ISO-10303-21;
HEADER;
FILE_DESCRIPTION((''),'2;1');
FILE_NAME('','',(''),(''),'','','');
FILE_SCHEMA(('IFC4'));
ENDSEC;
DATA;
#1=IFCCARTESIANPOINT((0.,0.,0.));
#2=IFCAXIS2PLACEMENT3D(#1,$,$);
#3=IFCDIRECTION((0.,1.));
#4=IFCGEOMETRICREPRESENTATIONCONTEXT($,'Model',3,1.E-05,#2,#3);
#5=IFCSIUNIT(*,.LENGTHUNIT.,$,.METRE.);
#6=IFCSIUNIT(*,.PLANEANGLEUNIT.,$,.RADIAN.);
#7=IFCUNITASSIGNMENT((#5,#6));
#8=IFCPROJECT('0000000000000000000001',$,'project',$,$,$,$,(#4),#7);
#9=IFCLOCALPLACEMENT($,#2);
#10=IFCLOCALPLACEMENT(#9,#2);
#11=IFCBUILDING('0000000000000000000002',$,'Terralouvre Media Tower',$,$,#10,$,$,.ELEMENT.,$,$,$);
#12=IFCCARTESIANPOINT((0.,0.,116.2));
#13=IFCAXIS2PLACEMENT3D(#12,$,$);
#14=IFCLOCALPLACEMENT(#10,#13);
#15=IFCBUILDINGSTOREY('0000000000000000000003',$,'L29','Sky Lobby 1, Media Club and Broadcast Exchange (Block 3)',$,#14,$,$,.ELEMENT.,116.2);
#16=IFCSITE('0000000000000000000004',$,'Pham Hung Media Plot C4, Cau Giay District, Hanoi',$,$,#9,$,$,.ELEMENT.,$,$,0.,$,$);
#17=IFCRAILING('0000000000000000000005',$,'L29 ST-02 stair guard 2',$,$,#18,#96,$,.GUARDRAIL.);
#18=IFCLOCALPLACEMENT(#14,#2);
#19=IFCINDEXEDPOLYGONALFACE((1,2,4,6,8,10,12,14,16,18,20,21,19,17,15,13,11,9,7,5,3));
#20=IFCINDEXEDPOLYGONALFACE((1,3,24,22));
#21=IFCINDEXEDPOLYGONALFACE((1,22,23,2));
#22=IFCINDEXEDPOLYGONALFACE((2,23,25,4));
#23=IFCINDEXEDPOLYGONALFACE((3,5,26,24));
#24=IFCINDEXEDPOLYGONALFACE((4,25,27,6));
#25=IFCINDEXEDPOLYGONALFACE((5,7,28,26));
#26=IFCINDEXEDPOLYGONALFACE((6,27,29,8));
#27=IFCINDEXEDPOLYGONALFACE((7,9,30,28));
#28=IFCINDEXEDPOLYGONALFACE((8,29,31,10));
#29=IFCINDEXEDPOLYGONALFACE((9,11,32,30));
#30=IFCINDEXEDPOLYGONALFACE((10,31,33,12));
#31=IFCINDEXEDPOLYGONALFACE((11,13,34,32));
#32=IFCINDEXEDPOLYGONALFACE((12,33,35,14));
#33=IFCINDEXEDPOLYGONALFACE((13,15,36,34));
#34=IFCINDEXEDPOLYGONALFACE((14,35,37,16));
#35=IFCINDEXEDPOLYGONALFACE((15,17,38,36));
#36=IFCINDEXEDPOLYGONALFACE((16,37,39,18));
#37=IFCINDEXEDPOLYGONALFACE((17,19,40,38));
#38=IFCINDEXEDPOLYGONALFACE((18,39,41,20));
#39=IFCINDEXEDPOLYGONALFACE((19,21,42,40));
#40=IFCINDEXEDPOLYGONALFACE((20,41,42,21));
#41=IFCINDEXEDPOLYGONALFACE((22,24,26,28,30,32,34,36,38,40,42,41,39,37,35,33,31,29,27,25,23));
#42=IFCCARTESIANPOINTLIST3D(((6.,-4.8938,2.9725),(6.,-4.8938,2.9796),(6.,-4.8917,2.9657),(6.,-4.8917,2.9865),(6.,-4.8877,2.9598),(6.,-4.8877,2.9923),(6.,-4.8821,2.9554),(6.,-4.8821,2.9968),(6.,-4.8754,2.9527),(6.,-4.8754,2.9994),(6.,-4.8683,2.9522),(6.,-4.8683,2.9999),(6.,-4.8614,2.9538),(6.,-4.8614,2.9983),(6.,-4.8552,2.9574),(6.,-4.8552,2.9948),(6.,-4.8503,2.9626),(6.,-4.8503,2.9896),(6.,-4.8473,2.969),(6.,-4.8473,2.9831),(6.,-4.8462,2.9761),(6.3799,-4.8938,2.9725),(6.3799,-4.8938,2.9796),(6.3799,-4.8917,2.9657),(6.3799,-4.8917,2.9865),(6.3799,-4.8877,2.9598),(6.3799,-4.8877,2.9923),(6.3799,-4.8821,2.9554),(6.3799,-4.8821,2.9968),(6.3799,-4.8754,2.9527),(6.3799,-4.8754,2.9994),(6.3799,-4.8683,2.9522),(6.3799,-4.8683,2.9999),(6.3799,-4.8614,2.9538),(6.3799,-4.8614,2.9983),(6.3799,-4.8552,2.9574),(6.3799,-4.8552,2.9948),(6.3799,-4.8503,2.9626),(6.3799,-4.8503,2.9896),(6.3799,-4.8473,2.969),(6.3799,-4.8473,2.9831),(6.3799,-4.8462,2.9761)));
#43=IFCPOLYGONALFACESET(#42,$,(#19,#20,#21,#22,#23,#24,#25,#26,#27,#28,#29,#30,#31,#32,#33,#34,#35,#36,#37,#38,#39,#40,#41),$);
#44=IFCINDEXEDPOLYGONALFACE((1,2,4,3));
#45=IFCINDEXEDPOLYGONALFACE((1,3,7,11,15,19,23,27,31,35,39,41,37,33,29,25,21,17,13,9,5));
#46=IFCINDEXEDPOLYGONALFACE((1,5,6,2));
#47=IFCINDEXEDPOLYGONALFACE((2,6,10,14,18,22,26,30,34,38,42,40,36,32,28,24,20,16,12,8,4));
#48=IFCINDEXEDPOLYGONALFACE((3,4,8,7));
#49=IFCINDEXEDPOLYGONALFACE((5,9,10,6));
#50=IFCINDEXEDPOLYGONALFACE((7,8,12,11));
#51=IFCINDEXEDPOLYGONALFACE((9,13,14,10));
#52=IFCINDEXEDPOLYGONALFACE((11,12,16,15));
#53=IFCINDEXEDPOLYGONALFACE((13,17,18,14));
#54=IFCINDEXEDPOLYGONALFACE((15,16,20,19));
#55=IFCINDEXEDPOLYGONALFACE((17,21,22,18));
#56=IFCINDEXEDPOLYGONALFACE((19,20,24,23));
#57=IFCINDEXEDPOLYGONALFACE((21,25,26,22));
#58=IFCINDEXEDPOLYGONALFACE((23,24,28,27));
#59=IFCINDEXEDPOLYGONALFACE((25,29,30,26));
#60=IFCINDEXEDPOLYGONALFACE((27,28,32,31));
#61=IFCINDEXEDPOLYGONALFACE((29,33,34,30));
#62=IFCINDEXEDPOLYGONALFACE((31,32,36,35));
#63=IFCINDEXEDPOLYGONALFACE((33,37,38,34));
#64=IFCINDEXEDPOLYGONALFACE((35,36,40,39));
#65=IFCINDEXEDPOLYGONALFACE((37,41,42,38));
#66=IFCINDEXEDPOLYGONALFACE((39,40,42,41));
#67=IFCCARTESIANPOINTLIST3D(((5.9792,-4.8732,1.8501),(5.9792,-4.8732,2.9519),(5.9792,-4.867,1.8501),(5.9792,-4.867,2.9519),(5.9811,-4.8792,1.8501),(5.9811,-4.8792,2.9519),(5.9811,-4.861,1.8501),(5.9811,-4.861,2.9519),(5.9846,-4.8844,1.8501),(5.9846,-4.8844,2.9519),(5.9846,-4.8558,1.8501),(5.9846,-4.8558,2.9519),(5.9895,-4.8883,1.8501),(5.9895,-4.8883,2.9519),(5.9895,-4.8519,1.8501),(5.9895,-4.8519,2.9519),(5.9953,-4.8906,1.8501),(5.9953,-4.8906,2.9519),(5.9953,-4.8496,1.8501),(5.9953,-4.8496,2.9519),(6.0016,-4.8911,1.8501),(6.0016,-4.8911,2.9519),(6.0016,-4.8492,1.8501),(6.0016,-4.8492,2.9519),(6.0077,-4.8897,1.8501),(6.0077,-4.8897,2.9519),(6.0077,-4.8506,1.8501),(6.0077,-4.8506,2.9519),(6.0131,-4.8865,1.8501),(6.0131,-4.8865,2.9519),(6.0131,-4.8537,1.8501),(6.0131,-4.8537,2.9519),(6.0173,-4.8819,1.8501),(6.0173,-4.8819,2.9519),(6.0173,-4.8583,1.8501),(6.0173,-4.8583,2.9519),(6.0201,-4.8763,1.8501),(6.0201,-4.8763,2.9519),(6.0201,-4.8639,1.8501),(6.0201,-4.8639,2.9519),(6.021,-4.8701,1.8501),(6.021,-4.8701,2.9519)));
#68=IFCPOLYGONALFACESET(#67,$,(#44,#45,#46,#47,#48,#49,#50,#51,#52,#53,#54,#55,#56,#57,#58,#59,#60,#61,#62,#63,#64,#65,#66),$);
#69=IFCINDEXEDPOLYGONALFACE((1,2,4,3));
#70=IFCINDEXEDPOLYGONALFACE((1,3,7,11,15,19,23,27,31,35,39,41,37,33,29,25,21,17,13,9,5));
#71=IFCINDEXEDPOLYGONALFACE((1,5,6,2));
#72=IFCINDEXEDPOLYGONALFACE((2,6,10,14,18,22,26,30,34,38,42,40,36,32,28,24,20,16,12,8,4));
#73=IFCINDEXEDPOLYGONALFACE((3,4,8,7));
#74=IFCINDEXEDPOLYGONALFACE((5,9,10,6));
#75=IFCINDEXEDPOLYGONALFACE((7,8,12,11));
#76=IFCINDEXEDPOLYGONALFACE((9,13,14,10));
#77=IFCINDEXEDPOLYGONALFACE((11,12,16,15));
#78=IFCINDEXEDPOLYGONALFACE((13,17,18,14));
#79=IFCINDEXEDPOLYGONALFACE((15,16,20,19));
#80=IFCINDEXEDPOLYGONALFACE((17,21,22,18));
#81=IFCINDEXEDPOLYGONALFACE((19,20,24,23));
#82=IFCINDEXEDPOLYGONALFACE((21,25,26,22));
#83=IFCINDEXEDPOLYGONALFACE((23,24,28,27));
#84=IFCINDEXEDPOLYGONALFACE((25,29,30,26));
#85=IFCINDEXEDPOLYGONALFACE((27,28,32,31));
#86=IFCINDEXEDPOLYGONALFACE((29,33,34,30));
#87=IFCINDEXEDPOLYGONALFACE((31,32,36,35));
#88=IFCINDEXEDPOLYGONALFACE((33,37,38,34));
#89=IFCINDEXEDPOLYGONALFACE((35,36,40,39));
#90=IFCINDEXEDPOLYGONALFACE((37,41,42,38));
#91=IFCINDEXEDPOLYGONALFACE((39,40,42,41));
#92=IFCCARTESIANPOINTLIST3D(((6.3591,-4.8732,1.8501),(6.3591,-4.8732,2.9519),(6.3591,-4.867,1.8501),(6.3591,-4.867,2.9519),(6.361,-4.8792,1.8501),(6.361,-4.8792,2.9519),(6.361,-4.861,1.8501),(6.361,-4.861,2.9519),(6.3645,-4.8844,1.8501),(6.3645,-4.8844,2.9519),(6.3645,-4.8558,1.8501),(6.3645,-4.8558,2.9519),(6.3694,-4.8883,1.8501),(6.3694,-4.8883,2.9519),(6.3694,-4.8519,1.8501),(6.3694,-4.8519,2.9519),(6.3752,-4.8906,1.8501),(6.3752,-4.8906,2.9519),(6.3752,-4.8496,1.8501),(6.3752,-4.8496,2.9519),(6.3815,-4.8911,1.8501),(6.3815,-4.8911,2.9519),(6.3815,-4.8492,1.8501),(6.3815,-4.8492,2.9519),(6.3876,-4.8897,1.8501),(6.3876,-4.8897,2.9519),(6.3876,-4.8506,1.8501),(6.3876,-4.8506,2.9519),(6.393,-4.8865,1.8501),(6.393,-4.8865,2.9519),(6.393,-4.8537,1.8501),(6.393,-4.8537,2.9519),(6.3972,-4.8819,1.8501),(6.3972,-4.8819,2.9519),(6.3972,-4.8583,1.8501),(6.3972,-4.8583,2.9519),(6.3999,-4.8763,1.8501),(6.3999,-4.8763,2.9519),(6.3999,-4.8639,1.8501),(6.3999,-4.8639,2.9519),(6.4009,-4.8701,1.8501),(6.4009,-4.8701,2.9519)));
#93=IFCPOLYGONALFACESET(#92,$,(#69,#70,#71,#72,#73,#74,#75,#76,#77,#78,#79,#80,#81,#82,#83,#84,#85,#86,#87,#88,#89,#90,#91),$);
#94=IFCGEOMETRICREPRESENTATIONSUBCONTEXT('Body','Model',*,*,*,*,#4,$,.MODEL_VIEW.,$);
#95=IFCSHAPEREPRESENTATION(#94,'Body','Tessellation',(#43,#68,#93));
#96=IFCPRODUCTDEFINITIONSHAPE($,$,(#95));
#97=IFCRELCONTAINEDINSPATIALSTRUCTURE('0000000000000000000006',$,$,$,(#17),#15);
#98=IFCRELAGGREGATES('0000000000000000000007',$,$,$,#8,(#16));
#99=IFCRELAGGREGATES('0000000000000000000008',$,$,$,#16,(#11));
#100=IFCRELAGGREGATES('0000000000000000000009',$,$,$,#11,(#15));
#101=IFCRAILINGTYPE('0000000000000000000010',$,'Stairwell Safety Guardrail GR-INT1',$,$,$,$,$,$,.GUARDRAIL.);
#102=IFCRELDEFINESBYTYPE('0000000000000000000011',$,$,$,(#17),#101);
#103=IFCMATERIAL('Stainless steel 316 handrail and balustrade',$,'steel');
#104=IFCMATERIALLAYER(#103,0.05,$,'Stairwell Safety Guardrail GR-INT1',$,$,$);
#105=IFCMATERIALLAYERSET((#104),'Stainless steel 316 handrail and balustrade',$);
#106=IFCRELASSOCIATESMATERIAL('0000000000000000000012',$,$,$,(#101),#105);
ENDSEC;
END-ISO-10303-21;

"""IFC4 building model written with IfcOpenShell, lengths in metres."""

from ifc_helpers import new_model, si_unit, direction, frame, origin, origin_2d, place, context, subcontext, project, spatial, circle, extrude, material, layer, layer_set, type_object, element, save


model = new_model("IFC4")

# Units and contexts
model_context = context("Model", 3, precision=1e-05, world=origin(), true_north=direction((0.0, 1.0)))
body_context = subcontext(model_context, "Body", "Model", "MODEL_VIEW")
ifc_project = project(units=[si_unit("LENGTHUNIT", "METRE"), si_unit("PLANEANGLEUNIT", "RADIAN")], contexts=[model_context])

# Site, building, storey
site_placement = place(None, origin())
site = spatial("IfcSite", under=ifc_project, at=site_placement, Name="Pham Hung Media Plot C4, Cau Giay District, Hanoi", CompositionType="ELEMENT", RefElevation=0.0)
building_placement = place(site_placement, origin())
building = spatial("IfcBuilding", under=site, at=building_placement, Name="Terralouvre Media Tower", CompositionType="ELEMENT")
storey_placement = place(building_placement, frame((0.0, 0.0, 116.2)))
storey = spatial("IfcBuildingStorey", under=building, at=storey_placement, Name="L29", Description="Sky Lobby 1, Media Club and Broadcast Exchange (Block 3)", CompositionType="ELEMENT", Elevation=116.2)

# Railing
ifc_material_1 = material(Name="Stainless steel 316 handrail and balustrade", Category="steel")
ifc_layer_1 = layer(ifc_material_1, 0.05, Name="Stairwell Safety Guardrail GR-INT1")
ifc_layer_set_1 = layer_set([ifc_layer_1], Name="Stainless steel 316 handrail and balustrade")
railing_type_1 = type_object("IfcRailingType", Name="Stairwell Safety Guardrail GR-INT1", PredefinedType="GUARDRAIL", material=ifc_layer_set_1)
railing_1_placement = place(storey_placement, frame((6.0, -4.8701, 1.8501)))
element("IfcRailing", 1, at=railing_1_placement, inside=storey, type_object=railing_type_1, Name="L29 ST-02 stair guard 2", PredefinedType="GUARDRAIL", context=body_context, shape_type="SweptSolid", body=[
    extrude(circle(Radius=0.0239, at=origin_2d()), frame((0.0, 0.0, 1.126), z_axis=(1.0, 0.0, 0.0), x_axis=(0.0, 1.0, 0.0)), (0.0, 0.0, 1.0), 0.3799),
    extrude(circle(Radius=0.021, at=origin_2d()), origin(), (0.0, 0.0, 1.0), 1.1018),
    extrude(circle(Radius=0.021, at=origin_2d()), frame((0.3799, 0.0, 0.0)), (0.0, 0.0, 1.0), 1.1018),
])

save(model, "model.ifc")
